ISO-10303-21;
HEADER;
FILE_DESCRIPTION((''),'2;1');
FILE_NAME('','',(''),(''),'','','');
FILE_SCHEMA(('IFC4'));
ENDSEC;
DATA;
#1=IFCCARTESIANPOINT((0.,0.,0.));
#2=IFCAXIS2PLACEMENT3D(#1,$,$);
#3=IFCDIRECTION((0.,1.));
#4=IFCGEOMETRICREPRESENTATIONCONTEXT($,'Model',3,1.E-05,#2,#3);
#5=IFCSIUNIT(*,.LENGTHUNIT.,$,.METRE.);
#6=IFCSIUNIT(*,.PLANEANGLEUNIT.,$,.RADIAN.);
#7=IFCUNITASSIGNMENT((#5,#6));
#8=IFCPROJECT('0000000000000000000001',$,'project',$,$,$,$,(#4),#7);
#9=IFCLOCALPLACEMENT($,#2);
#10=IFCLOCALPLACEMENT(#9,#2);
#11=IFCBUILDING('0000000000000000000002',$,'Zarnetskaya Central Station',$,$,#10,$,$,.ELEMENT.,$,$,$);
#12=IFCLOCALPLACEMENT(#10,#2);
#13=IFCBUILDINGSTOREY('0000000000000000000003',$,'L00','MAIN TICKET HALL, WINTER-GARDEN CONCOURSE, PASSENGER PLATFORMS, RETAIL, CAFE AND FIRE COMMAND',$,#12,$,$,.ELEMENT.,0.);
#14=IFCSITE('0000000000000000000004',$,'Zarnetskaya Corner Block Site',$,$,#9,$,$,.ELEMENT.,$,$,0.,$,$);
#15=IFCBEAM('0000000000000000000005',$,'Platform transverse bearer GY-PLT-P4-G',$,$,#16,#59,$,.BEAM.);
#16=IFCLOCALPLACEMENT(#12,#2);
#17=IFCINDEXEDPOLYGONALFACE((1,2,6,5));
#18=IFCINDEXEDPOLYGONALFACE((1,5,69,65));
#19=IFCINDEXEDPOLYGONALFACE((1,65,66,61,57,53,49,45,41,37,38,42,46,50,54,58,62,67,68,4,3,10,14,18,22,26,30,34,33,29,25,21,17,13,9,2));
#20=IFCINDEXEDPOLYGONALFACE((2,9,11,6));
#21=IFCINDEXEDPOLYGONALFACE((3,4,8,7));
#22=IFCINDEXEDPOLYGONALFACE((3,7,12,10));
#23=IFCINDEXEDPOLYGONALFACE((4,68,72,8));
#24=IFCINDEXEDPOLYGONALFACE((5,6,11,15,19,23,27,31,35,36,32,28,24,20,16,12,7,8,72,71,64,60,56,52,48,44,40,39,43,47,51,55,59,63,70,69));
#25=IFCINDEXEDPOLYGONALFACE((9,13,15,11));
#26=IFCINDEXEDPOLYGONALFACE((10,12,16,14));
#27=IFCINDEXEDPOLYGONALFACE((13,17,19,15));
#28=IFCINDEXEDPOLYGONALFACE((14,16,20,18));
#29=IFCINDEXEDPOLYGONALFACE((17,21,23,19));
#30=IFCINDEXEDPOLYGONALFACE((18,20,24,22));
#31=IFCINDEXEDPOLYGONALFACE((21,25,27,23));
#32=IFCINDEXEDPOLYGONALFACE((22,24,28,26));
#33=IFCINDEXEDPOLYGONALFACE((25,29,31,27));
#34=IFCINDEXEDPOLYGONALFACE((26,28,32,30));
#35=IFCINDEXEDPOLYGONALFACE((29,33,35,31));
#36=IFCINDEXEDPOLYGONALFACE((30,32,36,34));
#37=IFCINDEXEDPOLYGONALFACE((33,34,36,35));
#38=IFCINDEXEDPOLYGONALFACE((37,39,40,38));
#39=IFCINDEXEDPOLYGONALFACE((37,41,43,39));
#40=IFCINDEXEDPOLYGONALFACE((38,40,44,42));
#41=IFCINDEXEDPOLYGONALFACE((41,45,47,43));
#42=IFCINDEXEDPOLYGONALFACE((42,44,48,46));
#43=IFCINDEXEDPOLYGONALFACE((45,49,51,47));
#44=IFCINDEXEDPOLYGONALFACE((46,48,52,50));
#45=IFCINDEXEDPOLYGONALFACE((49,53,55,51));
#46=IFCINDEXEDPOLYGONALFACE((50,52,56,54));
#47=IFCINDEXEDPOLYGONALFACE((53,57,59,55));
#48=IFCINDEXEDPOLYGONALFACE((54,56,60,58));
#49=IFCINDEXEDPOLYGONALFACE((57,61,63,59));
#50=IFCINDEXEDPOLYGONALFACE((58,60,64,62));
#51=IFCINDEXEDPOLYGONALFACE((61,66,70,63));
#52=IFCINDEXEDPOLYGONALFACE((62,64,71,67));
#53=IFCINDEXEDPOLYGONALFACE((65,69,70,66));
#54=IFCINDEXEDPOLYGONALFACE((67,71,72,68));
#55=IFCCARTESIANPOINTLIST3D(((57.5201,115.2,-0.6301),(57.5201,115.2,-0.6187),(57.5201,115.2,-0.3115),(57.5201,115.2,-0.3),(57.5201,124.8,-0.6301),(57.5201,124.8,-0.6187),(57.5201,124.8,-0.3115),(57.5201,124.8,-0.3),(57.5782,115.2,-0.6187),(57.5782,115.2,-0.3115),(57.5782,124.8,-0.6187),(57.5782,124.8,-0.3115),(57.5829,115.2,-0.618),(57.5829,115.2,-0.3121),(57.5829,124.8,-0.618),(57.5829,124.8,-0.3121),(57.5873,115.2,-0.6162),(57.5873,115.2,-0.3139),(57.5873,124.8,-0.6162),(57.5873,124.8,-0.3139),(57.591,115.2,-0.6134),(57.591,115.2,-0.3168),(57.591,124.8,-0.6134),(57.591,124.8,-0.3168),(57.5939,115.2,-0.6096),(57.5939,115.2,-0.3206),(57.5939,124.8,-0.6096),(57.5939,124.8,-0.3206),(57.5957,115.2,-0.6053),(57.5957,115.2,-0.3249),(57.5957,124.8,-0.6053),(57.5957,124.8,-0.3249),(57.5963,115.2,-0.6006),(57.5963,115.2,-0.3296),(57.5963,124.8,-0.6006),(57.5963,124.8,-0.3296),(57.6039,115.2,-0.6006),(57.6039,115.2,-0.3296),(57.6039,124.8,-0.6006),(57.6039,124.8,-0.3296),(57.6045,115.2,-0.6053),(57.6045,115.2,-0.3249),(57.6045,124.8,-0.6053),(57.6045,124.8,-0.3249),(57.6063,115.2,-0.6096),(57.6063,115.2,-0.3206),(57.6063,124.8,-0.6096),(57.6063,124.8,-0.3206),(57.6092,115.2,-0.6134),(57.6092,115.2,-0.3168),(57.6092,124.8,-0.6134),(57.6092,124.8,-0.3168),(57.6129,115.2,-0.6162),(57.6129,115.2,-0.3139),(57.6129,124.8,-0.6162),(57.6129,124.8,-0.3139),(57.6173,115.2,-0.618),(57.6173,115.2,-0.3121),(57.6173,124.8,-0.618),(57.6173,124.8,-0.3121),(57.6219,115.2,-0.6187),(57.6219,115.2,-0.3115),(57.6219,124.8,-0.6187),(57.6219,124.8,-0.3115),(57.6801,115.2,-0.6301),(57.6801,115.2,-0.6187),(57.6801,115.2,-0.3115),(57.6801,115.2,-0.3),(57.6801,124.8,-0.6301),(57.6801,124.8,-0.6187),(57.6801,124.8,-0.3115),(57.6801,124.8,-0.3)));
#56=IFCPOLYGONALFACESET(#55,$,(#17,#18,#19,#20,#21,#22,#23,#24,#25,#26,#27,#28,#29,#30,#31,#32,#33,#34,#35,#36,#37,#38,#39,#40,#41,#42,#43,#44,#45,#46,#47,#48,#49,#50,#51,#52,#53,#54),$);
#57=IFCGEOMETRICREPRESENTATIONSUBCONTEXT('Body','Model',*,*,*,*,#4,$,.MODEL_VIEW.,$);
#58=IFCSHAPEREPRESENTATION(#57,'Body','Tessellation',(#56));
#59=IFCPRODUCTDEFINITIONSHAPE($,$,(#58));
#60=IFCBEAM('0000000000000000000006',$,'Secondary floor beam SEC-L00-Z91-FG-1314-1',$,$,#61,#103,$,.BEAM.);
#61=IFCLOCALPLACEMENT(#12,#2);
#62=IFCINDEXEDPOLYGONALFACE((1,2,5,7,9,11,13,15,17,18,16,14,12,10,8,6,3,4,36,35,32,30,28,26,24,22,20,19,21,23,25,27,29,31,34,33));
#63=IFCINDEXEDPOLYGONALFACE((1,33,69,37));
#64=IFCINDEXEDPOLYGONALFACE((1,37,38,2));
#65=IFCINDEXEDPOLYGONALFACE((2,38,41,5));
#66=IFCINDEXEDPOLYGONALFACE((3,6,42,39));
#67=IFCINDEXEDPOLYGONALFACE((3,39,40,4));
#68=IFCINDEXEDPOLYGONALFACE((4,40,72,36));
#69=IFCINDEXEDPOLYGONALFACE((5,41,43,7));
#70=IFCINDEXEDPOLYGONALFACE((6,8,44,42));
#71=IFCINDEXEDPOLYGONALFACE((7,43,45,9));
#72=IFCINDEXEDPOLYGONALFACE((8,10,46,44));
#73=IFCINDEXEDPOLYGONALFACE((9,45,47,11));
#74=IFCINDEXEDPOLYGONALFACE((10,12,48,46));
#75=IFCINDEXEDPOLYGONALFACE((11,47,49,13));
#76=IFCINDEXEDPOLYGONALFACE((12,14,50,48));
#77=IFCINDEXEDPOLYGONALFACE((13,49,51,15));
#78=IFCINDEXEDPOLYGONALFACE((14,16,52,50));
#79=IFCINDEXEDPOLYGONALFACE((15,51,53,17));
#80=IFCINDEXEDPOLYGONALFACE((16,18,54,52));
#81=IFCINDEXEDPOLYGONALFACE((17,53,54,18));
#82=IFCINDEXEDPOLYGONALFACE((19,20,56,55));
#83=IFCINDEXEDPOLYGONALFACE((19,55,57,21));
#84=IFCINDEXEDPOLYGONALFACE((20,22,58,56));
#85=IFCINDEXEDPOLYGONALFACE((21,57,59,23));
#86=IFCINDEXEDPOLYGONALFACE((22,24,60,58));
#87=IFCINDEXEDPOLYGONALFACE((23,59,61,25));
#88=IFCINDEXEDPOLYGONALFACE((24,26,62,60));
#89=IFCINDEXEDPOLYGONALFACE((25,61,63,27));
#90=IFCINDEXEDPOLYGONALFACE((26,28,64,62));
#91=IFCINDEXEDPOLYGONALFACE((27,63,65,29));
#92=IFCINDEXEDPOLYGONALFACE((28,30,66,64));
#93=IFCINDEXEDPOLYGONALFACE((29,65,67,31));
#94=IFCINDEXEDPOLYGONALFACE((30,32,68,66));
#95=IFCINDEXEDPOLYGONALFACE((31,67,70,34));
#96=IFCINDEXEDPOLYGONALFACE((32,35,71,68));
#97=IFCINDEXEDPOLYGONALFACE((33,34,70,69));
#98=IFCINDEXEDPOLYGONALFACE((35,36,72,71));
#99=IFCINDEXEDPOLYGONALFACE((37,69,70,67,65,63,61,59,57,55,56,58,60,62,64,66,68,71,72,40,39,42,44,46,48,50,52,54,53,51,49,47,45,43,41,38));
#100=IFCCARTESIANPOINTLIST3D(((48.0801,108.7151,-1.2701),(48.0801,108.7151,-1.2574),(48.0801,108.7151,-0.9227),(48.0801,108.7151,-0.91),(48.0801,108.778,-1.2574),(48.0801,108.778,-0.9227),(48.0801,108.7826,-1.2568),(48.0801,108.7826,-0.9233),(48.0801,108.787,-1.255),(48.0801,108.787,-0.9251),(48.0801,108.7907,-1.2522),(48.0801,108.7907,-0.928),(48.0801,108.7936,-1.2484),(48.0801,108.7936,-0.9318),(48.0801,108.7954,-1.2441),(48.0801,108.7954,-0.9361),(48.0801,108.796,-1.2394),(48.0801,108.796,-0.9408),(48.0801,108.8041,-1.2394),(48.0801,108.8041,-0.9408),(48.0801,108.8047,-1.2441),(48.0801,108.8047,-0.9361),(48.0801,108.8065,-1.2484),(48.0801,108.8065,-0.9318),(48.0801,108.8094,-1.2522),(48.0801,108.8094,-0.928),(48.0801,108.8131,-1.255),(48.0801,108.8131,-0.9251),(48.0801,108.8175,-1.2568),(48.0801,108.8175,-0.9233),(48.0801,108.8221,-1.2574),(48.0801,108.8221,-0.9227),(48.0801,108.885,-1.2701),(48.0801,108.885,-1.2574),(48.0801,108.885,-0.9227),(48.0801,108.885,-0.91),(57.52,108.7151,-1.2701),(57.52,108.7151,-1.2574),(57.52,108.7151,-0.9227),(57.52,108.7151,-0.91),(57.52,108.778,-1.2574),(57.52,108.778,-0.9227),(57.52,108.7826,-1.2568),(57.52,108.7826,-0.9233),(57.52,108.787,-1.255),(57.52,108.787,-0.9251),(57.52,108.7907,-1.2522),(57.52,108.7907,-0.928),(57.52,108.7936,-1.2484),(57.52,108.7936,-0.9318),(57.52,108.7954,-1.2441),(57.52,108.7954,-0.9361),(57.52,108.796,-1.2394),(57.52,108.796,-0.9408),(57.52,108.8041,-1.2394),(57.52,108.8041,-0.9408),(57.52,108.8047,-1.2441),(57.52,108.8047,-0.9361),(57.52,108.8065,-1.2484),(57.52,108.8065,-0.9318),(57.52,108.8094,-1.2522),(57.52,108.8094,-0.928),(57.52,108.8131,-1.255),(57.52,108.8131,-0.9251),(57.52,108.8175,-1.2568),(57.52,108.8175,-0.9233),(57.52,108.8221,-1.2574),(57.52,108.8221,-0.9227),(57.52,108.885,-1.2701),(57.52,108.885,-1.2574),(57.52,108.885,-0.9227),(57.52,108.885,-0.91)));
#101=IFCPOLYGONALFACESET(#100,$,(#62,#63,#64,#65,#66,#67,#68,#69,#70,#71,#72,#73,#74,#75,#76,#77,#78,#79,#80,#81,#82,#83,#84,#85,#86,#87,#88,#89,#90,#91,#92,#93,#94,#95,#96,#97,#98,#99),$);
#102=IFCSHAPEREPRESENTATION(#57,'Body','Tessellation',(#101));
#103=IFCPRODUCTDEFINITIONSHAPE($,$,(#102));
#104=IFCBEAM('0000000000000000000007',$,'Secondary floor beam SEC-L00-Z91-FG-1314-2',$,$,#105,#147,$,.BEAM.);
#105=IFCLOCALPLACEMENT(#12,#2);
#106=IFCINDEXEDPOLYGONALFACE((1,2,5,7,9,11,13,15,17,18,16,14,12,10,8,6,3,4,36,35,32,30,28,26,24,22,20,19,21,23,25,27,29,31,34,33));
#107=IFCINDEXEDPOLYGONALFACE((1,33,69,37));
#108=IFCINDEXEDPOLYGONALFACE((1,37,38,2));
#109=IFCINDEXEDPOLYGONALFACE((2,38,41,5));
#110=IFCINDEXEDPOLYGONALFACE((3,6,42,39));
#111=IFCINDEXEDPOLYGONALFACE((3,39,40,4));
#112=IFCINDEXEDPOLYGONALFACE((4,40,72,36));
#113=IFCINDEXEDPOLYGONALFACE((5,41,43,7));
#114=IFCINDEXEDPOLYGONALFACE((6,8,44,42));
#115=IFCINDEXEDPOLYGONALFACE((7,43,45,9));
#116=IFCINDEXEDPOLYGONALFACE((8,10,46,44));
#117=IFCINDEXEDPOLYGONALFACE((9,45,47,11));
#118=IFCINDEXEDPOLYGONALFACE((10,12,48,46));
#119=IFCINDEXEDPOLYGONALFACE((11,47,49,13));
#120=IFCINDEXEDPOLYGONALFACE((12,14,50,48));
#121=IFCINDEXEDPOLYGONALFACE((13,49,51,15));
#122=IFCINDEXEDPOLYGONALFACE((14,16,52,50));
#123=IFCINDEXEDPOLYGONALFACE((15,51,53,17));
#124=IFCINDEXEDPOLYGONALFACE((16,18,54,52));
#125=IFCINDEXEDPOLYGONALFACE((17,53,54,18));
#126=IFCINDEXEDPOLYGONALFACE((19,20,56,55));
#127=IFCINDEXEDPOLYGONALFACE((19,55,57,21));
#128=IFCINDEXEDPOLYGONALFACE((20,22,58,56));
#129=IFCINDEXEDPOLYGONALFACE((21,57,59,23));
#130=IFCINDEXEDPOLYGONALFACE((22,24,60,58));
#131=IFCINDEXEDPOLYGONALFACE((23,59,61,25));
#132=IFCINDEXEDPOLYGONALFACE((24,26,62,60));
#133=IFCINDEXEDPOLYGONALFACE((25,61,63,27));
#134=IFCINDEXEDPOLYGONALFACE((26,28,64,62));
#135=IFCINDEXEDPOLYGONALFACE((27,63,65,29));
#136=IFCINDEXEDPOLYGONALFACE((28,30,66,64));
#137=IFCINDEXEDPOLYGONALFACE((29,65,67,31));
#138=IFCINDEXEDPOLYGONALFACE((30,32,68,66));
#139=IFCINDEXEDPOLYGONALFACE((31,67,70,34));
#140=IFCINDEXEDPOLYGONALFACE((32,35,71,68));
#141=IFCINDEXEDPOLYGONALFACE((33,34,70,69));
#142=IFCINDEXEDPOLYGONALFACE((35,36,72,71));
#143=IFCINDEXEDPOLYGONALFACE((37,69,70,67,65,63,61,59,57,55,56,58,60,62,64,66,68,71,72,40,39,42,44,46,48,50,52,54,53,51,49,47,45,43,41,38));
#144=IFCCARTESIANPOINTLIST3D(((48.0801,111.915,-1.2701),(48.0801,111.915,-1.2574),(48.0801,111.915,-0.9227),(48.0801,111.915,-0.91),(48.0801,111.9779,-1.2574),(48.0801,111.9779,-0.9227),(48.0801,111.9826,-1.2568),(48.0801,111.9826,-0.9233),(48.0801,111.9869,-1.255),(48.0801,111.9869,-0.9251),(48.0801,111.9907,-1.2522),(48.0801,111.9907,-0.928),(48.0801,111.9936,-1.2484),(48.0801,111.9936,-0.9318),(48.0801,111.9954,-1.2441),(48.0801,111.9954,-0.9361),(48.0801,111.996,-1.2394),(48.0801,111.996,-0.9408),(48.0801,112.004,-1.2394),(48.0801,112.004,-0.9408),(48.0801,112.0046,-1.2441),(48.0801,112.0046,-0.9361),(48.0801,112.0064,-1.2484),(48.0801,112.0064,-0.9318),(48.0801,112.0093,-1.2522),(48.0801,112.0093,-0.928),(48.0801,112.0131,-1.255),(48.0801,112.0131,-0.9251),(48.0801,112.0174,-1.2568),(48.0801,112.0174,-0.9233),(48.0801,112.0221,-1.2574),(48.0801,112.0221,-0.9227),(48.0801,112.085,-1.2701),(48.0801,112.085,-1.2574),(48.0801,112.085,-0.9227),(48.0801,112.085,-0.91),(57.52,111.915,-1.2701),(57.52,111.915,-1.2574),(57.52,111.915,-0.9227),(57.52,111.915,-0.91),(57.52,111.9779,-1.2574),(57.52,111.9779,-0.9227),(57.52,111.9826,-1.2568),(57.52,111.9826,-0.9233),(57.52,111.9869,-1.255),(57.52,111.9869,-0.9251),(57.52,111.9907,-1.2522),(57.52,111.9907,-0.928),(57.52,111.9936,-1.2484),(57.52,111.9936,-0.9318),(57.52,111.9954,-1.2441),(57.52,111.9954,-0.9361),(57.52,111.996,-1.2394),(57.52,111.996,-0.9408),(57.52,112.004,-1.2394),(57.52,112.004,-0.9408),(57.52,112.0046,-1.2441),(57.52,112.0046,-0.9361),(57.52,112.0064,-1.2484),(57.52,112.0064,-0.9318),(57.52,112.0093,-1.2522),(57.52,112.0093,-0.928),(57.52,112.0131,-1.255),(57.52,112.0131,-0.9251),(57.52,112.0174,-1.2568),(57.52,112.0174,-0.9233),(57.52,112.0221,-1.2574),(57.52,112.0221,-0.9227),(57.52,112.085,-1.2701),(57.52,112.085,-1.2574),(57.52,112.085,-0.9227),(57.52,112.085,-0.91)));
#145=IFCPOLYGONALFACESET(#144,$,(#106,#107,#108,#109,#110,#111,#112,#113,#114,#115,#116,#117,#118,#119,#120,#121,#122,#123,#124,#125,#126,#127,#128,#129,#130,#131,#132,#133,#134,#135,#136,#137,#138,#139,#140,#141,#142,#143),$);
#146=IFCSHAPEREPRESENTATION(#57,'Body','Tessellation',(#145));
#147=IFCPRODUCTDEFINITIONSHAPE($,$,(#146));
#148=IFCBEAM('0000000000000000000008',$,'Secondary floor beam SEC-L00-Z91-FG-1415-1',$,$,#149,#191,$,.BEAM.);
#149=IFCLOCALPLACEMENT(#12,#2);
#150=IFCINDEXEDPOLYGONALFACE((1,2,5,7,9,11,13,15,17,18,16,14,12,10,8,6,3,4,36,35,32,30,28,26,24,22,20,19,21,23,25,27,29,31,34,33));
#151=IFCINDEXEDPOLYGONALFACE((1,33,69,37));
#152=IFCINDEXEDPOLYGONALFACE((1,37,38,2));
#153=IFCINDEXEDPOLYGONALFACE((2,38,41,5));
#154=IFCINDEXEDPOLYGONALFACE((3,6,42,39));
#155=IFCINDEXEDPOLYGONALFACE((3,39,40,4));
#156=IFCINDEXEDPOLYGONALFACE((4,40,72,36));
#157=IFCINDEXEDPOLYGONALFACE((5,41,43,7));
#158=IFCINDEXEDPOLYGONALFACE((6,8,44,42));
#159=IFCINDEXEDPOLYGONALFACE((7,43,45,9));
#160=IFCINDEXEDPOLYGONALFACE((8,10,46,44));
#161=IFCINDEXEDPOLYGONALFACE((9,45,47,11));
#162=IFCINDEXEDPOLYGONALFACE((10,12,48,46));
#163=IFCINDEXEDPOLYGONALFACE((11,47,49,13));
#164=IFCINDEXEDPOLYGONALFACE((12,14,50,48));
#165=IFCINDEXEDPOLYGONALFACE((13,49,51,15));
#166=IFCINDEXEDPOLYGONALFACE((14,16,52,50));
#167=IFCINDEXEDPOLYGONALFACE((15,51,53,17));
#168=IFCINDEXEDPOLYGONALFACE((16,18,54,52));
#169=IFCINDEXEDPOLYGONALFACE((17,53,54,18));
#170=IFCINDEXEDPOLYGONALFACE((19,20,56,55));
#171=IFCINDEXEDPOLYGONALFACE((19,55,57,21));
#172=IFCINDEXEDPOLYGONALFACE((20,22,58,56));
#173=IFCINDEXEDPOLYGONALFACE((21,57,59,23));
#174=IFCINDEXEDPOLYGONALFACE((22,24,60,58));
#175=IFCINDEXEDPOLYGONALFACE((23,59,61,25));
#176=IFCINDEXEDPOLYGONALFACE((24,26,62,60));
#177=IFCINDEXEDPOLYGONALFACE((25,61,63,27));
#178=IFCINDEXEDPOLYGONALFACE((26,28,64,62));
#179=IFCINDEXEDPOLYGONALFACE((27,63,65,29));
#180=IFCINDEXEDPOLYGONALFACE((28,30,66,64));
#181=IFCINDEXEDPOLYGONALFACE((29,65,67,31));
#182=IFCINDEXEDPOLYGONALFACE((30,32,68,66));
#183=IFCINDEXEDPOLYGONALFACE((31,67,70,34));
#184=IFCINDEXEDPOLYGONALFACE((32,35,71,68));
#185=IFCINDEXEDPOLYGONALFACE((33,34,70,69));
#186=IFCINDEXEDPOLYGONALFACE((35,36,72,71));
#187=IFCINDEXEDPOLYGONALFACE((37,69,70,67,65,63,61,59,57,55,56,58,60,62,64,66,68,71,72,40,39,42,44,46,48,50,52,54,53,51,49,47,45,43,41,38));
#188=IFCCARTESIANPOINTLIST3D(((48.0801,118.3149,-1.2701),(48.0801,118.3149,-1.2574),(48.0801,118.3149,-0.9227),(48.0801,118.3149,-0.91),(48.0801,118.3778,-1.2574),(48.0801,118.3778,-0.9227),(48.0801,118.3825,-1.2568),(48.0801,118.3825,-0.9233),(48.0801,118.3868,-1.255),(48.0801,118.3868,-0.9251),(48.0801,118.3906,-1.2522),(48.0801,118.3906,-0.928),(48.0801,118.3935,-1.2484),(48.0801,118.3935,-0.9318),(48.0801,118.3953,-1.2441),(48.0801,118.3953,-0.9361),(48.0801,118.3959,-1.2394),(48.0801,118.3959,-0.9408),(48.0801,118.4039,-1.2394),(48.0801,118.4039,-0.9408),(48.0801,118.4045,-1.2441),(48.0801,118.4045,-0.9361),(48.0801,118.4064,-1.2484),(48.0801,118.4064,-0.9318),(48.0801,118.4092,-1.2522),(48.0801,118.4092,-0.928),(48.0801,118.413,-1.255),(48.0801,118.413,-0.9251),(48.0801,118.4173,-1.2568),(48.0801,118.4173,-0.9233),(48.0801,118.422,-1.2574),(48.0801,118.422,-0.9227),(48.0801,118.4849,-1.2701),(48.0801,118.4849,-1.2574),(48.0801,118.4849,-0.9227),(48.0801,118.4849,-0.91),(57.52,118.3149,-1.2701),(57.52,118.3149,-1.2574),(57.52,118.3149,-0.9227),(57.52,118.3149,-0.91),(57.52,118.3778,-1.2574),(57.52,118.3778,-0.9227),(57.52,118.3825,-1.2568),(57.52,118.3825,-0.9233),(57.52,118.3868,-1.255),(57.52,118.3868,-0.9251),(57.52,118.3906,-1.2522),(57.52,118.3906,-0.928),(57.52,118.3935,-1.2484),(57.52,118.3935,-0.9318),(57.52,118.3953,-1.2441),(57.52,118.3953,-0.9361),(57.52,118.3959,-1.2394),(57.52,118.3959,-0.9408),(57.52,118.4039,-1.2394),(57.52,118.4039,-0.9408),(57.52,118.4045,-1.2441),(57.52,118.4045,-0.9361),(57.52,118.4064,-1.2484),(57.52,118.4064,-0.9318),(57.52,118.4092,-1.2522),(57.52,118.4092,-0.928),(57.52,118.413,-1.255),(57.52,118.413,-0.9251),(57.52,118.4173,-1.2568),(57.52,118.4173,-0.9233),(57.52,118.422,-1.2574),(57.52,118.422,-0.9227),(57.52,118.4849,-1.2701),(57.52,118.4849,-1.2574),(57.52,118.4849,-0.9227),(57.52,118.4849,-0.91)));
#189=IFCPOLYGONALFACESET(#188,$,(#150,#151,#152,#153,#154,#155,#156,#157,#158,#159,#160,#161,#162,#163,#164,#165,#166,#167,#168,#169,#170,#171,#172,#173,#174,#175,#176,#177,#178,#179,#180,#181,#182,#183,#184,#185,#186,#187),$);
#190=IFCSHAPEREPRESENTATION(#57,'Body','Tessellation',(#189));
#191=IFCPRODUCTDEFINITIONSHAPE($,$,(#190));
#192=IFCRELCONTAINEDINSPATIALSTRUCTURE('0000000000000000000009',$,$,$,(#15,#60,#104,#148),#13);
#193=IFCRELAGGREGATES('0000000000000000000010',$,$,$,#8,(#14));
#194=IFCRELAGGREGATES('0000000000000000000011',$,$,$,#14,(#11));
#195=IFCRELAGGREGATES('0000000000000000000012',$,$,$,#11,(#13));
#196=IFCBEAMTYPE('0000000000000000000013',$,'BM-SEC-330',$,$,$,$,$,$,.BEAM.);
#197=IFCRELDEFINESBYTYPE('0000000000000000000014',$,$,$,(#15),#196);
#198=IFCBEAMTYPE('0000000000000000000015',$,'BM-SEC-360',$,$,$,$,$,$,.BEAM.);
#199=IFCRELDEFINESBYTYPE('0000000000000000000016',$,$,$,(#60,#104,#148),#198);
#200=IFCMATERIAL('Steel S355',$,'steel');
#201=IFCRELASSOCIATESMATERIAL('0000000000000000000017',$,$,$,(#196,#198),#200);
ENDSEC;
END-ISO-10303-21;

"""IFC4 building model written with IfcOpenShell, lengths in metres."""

from ifc_helpers import new_model, si_unit, direction, frame, origin, origin_2d, place, context, subcontext, project, spatial, i_section, extrude, material, material_profile, profile_set, type_object, element, save


model = new_model("IFC4")

# Units and contexts
model_context = context("Model", 3, precision=1e-05, world=origin(), true_north=direction((0.0, 1.0)))
body_context = subcontext(model_context, "Body", "Model", "MODEL_VIEW")
ifc_project = project(units=[si_unit("LENGTHUNIT", "METRE"), si_unit("PLANEANGLEUNIT", "RADIAN")], contexts=[model_context])

# Site, building, storey
site_placement = place(None, origin())
site = spatial("IfcSite", under=ifc_project, at=site_placement, Name="Zarnetskaya Corner Block Site", CompositionType="ELEMENT", RefElevation=0.0)
building_placement = place(site_placement, origin())
building = spatial("IfcBuilding", under=site, at=building_placement, Name="Zarnetskaya Central Station", CompositionType="ELEMENT")
storey_placement = place(building_placement, origin())
storey = spatial("IfcBuildingStorey", under=building, at=storey_placement, Name="L00", Description="MAIN TICKET HALL, WINTER-GARDEN CONCOURSE, PASSENGER PLATFORMS, RETAIL, CAFE AND FIRE COMMAND", CompositionType="ELEMENT", Elevation=0.0)

# Shared definitions
ifc_material_1 = material(Name="Steel S355", Category="steel")

# Beams
ifc_material_profile_1 = material_profile(ifc_material_1, i_section(OverallWidth=0.1599, OverallDepth=0.3301, WebThickness=0.0076, FlangeThickness=0.0115, FilletRadius=0.0181, at=origin_2d()), Name="IPE 330")
ifc_profile_set_1 = profile_set([ifc_material_profile_1], Name="Steel S355")
beam_type_1 = type_object("IfcBeamType", Name="BM-SEC-330", PredefinedType="BEAM", material=ifc_profile_set_1)
for number, where, z_axis, x_axis, name in (
    (1, (57.6001, 115.2, -0.4651), (0.0, 1.0, 0.0), (-1.0, 0.0, 0.0), "Platform transverse bearer GY-PLT-P4-G"),
):
    element("IfcBeam", number, at=place(storey_placement, frame(where, z_axis=z_axis, x_axis=x_axis)), inside=storey, type_object=beam_type_1, Name=name, PredefinedType="BEAM", context=body_context, shape_type="SweptSolid", body=[
        extrude(i_section(OverallWidth=0.1599, OverallDepth=0.3301, WebThickness=0.0076, FlangeThickness=0.0115, FilletRadius=0.0181, at=origin_2d()), origin(), (0.0, 0.0, 1.0), 9.6001),
    ])
ifc_material_profile_2 = material_profile(ifc_material_1, i_section(OverallWidth=0.1699, OverallDepth=0.3601, WebThickness=0.0081, FlangeThickness=0.0127, FilletRadius=0.0181, at=origin_2d()), Name="IPE 360")
ifc_profile_set_2 = profile_set([ifc_material_profile_2], Name="Steel S355")
beam_type_2 = type_object("IfcBeamType", Name="BM-SEC-360", PredefinedType="BEAM", material=ifc_profile_set_2)
for number, where, z_axis, x_axis, name in (
    (2, (48.0801, 108.8, -1.0901), (1.0, 0.0, 0.0), (0.0, 1.0, 0.0), "Secondary floor beam SEC-L00-Z91-FG-1314-1"),
    (3, (48.0801, 112.0, -1.0901), (1.0, 0.0, 0.0), (0.0, 1.0, 0.0), "Secondary floor beam SEC-L00-Z91-FG-1314-2"),
    (4, (48.0801, 118.3999, -1.0901), (1.0, 0.0, 0.0), (0.0, 1.0, 0.0), "Secondary floor beam SEC-L00-Z91-FG-1415-1"),
):
    element("IfcBeam", number, at=place(storey_placement, frame(where, z_axis=z_axis, x_axis=x_axis)), inside=storey, type_object=beam_type_2, Name=name, PredefinedType="BEAM", context=body_context, shape_type="SweptSolid", body=[
        extrude(i_section(OverallWidth=0.1699, OverallDepth=0.3601, WebThickness=0.0081, FlangeThickness=0.0127, FilletRadius=0.0181, at=origin_2d()), origin(), (0.0, 0.0, 1.0), 9.4399),
    ])

save(model, "model.ifc")
